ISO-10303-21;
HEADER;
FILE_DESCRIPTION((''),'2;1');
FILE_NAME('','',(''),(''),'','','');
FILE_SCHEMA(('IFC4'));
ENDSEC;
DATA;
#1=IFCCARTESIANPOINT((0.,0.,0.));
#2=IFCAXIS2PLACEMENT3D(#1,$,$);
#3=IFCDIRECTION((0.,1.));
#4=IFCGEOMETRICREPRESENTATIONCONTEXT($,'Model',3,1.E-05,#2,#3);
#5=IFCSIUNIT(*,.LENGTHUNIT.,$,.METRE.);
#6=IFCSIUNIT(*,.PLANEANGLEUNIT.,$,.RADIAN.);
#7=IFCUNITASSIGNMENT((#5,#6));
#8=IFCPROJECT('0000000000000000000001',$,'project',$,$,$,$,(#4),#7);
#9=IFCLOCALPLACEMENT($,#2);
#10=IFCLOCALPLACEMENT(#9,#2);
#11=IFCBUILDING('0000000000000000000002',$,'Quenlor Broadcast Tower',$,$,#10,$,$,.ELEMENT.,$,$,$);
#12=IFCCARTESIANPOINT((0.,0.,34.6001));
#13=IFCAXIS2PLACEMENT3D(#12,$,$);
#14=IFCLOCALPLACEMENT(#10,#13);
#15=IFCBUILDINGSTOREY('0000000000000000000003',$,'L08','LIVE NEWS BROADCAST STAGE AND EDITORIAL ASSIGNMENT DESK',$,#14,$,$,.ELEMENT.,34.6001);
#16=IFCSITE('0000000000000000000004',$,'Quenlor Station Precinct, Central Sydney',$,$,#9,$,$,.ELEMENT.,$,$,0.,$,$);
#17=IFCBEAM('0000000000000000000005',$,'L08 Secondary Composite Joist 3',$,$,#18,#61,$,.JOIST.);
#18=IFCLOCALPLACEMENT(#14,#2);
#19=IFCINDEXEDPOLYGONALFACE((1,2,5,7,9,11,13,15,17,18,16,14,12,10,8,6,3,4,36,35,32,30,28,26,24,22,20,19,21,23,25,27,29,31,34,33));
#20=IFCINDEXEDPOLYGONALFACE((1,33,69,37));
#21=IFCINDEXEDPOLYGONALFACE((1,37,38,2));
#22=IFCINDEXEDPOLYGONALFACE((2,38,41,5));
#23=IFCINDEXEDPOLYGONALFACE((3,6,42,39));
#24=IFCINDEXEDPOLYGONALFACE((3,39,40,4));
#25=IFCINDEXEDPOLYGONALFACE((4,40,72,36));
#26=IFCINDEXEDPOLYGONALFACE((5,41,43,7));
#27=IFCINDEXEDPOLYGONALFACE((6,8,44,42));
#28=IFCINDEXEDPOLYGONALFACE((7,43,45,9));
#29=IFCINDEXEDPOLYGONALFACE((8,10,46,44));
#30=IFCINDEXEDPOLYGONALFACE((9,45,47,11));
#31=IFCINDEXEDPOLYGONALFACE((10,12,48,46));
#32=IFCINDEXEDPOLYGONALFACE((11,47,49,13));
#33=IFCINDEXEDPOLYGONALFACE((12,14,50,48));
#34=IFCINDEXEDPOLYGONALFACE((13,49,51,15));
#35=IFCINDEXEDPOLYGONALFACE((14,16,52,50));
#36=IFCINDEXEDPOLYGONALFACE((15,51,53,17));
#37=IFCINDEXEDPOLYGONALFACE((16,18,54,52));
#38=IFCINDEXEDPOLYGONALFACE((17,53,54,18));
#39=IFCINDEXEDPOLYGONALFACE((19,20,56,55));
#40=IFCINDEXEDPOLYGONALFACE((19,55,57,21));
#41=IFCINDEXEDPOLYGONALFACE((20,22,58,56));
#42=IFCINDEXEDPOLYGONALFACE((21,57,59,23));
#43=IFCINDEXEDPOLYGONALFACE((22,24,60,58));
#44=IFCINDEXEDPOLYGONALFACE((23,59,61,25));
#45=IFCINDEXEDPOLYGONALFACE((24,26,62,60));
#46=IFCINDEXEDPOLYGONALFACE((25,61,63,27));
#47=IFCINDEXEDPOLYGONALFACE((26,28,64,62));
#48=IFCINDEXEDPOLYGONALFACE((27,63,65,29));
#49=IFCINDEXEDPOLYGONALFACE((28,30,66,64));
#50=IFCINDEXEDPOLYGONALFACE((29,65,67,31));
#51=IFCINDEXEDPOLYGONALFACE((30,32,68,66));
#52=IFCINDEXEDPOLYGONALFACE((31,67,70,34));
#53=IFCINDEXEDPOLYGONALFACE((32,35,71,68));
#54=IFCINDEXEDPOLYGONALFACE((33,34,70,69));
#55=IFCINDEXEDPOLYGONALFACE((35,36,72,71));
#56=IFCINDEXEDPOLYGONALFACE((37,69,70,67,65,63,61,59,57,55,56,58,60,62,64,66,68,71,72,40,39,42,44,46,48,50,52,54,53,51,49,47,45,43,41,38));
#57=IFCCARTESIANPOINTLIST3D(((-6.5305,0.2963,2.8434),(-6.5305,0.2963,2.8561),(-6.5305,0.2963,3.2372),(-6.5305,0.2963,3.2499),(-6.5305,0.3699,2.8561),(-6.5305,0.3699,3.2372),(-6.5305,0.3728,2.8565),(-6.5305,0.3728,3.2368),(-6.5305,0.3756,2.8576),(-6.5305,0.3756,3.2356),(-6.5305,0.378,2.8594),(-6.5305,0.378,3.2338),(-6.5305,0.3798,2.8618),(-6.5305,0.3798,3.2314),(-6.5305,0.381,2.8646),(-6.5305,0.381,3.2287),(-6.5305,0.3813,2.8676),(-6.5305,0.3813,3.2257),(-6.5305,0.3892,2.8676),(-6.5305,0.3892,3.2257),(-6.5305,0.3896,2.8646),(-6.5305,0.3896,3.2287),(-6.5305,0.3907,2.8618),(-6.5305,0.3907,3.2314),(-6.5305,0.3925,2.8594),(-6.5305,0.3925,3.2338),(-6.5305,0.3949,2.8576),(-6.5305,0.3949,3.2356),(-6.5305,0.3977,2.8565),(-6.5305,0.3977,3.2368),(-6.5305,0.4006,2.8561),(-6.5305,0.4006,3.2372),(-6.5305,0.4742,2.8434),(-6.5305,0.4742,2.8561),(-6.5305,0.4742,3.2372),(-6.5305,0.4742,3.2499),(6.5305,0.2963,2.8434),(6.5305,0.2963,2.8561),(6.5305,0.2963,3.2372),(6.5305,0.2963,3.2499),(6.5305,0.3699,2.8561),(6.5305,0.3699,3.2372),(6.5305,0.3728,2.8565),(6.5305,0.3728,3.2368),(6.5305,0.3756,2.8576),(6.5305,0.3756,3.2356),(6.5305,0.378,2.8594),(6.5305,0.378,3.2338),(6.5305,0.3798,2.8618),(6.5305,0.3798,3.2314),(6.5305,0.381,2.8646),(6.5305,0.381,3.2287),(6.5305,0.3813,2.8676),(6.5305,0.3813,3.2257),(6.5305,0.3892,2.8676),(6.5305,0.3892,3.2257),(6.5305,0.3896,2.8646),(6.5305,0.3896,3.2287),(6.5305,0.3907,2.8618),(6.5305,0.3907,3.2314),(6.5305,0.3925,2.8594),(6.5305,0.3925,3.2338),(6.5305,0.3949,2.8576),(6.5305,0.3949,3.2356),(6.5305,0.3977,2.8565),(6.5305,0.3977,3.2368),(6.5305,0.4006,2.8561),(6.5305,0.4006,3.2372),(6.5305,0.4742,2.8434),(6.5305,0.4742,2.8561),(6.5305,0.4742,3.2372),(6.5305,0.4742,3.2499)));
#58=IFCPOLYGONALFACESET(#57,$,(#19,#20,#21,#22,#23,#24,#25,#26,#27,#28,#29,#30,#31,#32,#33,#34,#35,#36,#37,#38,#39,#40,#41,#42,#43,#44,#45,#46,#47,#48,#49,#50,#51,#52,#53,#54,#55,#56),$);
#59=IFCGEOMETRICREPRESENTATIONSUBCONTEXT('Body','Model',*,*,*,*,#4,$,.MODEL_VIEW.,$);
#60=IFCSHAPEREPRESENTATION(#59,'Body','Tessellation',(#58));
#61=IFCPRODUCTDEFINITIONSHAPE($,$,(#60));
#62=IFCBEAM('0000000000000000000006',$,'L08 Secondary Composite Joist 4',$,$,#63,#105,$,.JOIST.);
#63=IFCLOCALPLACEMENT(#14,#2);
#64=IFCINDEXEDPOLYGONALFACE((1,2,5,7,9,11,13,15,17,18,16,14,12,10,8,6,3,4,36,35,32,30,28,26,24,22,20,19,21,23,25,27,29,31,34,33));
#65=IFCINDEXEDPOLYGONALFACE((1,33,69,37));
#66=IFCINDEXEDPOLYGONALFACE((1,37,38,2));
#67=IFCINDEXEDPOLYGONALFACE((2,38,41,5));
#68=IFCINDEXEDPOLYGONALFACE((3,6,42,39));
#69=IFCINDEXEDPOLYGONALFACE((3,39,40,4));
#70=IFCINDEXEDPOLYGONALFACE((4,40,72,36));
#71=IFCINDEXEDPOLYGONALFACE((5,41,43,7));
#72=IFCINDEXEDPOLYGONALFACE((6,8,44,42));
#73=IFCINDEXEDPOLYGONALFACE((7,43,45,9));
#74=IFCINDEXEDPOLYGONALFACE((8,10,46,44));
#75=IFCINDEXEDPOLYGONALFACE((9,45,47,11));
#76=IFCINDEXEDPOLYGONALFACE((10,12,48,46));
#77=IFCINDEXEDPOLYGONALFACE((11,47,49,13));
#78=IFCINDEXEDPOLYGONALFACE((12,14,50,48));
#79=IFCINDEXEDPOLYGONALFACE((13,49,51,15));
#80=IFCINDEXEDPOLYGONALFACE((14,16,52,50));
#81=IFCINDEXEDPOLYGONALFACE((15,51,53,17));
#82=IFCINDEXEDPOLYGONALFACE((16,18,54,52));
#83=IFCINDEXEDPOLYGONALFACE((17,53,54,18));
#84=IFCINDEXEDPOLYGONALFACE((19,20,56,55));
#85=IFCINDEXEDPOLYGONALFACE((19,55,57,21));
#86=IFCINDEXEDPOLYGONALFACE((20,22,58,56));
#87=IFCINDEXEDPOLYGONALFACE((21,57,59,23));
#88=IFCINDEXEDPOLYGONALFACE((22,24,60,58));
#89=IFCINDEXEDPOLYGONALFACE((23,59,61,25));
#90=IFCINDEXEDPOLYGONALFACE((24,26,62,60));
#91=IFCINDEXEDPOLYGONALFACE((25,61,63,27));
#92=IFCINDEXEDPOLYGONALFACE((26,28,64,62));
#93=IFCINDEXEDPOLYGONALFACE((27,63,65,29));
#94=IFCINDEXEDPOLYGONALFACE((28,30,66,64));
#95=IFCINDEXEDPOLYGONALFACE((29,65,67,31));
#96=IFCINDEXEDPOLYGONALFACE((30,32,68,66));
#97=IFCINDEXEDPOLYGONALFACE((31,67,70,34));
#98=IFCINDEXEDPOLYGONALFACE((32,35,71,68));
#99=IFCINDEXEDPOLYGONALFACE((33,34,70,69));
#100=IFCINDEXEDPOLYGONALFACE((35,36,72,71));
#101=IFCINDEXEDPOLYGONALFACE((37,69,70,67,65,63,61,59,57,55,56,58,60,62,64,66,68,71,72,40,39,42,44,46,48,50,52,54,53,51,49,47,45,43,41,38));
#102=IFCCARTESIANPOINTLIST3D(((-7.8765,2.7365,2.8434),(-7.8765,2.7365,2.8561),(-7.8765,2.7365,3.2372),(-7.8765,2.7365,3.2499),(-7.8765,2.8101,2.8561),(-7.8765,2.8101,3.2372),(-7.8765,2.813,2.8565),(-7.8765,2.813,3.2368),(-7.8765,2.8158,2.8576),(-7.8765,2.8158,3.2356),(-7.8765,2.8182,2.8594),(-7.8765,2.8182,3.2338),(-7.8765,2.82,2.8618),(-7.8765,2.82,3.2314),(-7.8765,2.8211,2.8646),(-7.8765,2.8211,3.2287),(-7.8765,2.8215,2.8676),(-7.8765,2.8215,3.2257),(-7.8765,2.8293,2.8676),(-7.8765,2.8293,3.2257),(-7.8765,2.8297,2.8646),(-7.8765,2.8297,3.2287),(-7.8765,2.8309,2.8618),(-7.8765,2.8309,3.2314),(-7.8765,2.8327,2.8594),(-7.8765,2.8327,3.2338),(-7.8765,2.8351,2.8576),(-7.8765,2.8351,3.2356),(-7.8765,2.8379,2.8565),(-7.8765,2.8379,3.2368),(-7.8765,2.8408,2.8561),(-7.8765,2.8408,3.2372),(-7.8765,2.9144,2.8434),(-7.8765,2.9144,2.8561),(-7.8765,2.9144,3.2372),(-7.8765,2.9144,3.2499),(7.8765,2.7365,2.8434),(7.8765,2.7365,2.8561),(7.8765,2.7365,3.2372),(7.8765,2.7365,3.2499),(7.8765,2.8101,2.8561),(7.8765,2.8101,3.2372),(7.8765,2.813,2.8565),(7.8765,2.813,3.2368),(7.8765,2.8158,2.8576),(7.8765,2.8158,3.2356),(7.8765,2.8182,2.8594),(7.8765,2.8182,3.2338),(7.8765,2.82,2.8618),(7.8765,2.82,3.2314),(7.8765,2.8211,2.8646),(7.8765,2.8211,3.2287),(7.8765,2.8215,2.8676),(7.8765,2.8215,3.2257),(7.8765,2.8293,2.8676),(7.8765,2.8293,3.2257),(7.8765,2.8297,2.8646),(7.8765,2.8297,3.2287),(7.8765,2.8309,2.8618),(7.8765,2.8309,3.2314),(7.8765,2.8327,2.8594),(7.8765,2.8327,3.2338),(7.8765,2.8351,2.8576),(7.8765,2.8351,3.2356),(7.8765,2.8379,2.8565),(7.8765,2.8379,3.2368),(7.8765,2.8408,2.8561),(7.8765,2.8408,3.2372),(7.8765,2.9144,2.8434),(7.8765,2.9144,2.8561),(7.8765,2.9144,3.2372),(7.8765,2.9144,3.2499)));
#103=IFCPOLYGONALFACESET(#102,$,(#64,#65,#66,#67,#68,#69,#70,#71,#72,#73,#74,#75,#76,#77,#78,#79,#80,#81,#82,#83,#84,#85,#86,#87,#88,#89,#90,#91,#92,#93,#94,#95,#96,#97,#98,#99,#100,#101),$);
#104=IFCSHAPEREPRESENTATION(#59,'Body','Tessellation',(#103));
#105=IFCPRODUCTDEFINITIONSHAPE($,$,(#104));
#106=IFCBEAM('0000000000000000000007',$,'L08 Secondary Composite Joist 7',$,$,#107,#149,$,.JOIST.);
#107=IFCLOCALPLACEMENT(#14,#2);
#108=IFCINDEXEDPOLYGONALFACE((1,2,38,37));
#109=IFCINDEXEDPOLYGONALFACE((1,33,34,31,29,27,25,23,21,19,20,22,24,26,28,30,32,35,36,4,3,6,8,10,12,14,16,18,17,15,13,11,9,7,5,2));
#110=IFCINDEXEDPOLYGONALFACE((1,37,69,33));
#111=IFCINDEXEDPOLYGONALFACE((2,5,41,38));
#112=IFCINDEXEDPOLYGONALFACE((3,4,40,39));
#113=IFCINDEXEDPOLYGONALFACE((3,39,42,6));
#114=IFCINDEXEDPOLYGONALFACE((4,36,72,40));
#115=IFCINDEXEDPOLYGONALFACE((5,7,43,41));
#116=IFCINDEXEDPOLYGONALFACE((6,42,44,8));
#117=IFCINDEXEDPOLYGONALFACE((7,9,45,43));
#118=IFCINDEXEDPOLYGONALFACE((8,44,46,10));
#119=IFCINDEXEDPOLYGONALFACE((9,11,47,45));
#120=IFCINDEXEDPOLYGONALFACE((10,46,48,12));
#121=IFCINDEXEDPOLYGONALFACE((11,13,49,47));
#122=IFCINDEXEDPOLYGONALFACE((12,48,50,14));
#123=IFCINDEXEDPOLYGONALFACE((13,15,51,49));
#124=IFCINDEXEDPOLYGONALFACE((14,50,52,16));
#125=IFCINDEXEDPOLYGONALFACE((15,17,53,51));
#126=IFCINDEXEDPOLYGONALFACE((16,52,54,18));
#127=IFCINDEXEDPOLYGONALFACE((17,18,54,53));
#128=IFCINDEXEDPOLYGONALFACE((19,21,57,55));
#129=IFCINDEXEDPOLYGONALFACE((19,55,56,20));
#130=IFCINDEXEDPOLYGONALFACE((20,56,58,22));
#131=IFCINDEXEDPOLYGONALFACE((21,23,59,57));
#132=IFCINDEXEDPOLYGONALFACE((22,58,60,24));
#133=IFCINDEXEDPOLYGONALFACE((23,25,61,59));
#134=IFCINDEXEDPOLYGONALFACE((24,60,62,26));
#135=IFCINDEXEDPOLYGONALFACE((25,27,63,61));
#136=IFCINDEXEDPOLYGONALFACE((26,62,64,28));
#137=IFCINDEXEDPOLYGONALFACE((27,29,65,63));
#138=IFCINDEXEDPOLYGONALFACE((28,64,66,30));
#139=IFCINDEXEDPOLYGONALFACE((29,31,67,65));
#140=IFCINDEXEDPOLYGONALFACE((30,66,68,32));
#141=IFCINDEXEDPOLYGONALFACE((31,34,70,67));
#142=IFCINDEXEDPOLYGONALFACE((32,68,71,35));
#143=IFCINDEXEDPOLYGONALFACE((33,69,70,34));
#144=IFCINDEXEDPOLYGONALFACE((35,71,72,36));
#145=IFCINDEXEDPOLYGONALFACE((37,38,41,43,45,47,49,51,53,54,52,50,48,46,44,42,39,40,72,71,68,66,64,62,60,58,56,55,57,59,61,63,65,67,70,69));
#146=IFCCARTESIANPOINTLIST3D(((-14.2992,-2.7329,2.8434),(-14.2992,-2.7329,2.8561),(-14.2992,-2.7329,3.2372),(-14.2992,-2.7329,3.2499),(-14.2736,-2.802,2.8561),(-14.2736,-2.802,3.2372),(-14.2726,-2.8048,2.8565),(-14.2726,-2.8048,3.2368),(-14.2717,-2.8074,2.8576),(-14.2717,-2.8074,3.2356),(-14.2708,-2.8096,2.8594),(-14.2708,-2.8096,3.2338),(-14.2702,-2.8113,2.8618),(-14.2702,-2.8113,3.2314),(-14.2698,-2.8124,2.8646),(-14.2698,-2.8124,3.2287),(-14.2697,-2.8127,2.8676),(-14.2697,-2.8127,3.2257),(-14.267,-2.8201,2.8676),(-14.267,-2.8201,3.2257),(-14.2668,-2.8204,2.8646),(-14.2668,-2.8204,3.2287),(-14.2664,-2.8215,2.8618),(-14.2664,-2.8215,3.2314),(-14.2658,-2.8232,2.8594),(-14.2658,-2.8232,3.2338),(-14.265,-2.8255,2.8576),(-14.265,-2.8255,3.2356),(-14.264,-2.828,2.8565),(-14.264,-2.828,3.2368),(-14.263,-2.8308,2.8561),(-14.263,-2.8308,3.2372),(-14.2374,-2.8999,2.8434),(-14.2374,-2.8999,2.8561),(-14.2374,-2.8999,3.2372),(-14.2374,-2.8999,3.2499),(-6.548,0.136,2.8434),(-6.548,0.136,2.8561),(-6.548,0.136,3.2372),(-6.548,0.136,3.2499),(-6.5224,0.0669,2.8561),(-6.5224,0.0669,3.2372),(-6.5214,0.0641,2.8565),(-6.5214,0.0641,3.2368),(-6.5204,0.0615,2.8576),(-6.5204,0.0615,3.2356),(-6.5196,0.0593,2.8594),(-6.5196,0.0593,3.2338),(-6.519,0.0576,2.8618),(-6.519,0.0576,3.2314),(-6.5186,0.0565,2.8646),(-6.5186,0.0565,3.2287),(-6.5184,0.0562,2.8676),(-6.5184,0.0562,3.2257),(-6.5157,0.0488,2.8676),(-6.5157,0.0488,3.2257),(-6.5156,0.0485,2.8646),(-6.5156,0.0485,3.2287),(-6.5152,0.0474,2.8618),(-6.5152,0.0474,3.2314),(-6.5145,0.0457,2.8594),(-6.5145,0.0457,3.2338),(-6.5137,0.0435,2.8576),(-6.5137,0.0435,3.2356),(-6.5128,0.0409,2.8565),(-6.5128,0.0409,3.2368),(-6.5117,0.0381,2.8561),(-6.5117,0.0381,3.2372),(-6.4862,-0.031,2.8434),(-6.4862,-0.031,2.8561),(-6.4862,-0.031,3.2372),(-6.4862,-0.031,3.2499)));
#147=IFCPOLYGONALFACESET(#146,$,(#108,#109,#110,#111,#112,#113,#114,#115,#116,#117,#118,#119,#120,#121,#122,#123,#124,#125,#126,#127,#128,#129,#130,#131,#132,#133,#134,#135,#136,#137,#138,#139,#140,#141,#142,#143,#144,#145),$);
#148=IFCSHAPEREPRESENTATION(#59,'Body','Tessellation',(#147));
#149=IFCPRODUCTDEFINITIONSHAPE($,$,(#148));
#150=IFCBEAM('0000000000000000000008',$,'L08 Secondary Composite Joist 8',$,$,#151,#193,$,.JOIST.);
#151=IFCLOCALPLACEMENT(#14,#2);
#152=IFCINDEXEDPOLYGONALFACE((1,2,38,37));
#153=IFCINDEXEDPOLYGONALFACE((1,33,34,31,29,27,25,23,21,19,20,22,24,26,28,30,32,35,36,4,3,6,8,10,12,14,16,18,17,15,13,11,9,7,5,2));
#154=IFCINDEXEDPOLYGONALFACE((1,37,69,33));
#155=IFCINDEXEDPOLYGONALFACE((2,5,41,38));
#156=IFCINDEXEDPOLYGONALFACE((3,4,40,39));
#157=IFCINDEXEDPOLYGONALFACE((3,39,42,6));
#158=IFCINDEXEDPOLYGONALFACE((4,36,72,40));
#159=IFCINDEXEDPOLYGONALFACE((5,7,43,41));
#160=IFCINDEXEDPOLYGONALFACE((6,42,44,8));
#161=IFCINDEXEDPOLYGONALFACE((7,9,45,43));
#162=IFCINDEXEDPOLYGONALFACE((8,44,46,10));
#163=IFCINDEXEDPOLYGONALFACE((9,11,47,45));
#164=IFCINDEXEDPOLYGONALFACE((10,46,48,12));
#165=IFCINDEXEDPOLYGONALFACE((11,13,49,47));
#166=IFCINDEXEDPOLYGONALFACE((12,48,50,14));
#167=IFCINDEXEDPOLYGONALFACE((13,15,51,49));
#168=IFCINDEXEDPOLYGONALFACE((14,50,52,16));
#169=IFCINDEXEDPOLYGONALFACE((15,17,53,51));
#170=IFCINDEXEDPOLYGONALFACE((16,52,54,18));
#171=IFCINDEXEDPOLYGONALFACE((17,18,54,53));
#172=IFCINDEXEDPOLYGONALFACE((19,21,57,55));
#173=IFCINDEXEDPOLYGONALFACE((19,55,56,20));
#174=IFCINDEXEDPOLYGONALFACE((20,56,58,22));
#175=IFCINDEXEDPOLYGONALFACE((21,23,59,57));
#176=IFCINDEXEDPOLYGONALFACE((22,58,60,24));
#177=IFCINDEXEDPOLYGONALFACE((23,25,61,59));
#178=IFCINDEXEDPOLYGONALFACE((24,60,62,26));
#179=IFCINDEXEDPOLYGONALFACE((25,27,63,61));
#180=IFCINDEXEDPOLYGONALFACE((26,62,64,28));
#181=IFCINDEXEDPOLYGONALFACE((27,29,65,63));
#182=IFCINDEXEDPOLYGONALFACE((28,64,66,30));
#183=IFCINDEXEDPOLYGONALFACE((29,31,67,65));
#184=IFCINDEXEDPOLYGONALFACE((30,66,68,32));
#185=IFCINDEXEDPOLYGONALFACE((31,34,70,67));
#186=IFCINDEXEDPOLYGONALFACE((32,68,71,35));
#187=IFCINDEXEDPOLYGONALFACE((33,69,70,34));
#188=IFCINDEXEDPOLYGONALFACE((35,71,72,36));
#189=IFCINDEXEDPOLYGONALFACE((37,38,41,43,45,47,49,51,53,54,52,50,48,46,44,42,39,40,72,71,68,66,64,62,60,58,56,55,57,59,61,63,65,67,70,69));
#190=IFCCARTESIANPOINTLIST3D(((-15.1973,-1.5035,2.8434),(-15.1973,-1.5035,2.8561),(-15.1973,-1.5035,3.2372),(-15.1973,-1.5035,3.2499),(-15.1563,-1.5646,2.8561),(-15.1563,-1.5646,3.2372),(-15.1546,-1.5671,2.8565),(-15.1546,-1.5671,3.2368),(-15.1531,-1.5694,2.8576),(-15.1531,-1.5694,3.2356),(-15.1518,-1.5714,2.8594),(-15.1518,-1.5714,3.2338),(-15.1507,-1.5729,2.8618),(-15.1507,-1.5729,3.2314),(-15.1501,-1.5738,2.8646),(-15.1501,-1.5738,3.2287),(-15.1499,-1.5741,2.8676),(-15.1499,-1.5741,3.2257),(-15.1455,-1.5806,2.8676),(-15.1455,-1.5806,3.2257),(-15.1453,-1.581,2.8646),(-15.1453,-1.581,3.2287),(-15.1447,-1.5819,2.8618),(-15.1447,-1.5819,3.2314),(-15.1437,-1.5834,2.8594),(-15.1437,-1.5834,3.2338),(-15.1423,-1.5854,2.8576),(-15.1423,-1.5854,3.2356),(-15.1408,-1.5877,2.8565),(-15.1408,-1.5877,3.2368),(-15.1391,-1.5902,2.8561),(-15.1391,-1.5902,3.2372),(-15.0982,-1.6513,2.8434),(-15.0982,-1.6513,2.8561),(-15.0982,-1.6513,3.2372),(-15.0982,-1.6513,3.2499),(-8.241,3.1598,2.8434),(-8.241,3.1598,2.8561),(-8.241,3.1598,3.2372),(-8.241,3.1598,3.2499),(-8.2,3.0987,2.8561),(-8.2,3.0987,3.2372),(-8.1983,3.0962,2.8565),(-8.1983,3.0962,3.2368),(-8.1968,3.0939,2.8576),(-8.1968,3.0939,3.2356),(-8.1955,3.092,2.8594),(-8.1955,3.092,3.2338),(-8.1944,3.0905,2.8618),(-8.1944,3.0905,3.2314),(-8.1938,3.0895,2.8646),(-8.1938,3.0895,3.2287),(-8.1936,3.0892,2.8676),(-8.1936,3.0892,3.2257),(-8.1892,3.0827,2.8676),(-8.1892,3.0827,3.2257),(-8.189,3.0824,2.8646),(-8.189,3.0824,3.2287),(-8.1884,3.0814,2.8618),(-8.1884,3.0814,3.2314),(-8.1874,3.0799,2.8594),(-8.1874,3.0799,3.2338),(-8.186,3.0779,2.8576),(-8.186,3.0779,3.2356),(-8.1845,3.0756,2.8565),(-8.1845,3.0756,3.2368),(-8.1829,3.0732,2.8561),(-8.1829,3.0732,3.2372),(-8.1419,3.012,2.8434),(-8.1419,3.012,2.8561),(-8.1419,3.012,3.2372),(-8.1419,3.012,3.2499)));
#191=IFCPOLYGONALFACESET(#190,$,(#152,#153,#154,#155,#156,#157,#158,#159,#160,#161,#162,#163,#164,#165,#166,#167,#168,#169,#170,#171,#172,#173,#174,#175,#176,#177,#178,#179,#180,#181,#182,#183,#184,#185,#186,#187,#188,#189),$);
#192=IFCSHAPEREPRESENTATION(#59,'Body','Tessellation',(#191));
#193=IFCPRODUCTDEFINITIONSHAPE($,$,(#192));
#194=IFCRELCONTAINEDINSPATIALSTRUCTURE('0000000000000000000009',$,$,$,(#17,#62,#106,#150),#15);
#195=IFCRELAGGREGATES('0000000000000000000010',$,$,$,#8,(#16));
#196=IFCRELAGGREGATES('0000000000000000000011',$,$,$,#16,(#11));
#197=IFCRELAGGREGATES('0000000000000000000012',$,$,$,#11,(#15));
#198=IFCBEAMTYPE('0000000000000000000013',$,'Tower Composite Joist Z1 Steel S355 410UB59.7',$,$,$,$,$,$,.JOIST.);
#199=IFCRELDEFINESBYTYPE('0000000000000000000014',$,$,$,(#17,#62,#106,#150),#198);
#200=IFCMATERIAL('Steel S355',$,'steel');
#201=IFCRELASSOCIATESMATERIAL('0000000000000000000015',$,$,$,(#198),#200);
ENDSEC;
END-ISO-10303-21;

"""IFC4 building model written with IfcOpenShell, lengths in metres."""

from ifc_helpers import new_model, si_unit, direction, frame, origin, origin_2d, place, context, subcontext, project, spatial, i_section, extrude, material, material_profile, profile_set, type_object, element, save


model = new_model("IFC4")

# Units and contexts
model_context = context("Model", 3, precision=1e-05, world=origin(), true_north=direction((0.0, 1.0)))
body_context = subcontext(model_context, "Body", "Model", "MODEL_VIEW")
ifc_project = project(units=[si_unit("LENGTHUNIT", "METRE"), si_unit("PLANEANGLEUNIT", "RADIAN")], contexts=[model_context])

# Site, building, storey
site_placement = place(None, origin())
site = spatial("IfcSite", under=ifc_project, at=site_placement, Name="Quenlor Station Precinct, Central Sydney", CompositionType="ELEMENT", RefElevation=0.0)
building_placement = place(site_placement, origin())
building = spatial("IfcBuilding", under=site, at=building_placement, Name="Quenlor Broadcast Tower", CompositionType="ELEMENT")
storey_placement = place(building_placement, frame((0.0, 0.0, 34.6001)))
storey = spatial("IfcBuildingStorey", under=building, at=storey_placement, Name="L08", Description="LIVE NEWS BROADCAST STAGE AND EDITORIAL ASSIGNMENT DESK", CompositionType="ELEMENT", Elevation=34.6001)

# Beams
ifc_material_1 = material(Name="Steel S355", Category="steel")
ifc_material_profile_1 = material_profile(ifc_material_1, i_section(OverallWidth=0.178, OverallDepth=0.4065, WebThickness=0.0078, FlangeThickness=0.0127, FilletRadius=0.0115, at=origin_2d()))
ifc_profile_set_1 = profile_set([ifc_material_profile_1], Name="Steel S355 410UB59.7")
beam_type_1 = type_object("IfcBeamType", Name="Tower Composite Joist Z1 Steel S355 410UB59.7", PredefinedType="JOIST", material=ifc_profile_set_1)
beam_1_placement = place(storey_placement, frame((-6.5305, 0.3853, 3.0466), z_axis=(1.0, 0.0, 0.0), x_axis=(0.0, 1.0, 0.0)))
element("IfcBeam", 1, at=beam_1_placement, inside=storey, type_object=beam_type_1, Name="L08 Secondary Composite Joist 3", PredefinedType="JOIST", context=body_context, shape_type="SweptSolid", body=[
    extrude(i_section(OverallWidth=0.178, OverallDepth=0.4065, WebThickness=0.0078, FlangeThickness=0.0127, FilletRadius=0.0115, at=origin_2d()), origin(), (0.0, 0.0, 1.0), 13.061),
])
beam_2_placement = place(storey_placement, frame((-7.8765, 2.8254, 3.0466), z_axis=(1.0, 0.0, 0.0), x_axis=(0.0, 1.0, 0.0)))
element("IfcBeam", 2, at=beam_2_placement, inside=storey, type_object=beam_type_1, Name="L08 Secondary Composite Joist 4", PredefinedType="JOIST", context=body_context, shape_type="SweptSolid", body=[
    extrude(i_section(OverallWidth=0.178, OverallDepth=0.4065, WebThickness=0.0078, FlangeThickness=0.0127, FilletRadius=0.0115, at=origin_2d()), origin(), (0.0, 0.0, 1.0), 15.7529),
])
beam_3_placement = place(storey_placement, frame((-14.2683, -2.8164, 3.0466), z_axis=(0.937825, 0.347109, 0.0), x_axis=(-0.347109, 0.937825, 0.0)))
element("IfcBeam", 3, at=beam_3_placement, inside=storey, type_object=beam_type_1, Name="L08 Secondary Composite Joist 7", PredefinedType="JOIST", context=body_context, shape_type="SweptSolid", body=[
    extrude(i_section(OverallWidth=0.178, OverallDepth=0.4065, WebThickness=0.0078, FlangeThickness=0.0127, FilletRadius=0.0115, at=origin_2d()), origin(), (0.0, 0.0, 1.0), 8.2651),
])
beam_4_placement = place(storey_placement, frame((-15.1477, -1.5774, 3.0466), z_axis=(0.830626, 0.556831, 0.0), x_axis=(-0.556831, 0.830626, 0.0)))
element("IfcBeam", 4, at=beam_4_placement, inside=storey, type_object=beam_type_1, Name="L08 Secondary Composite Joist 8", PredefinedType="JOIST", context=body_context, shape_type="SweptSolid", body=[
    extrude(i_section(OverallWidth=0.178, OverallDepth=0.4065, WebThickness=0.0078, FlangeThickness=0.0127, FilletRadius=0.0115, at=origin_2d()), origin(), (0.0, 0.0, 1.0), 8.3748),
])

save(model, "model.ifc")
